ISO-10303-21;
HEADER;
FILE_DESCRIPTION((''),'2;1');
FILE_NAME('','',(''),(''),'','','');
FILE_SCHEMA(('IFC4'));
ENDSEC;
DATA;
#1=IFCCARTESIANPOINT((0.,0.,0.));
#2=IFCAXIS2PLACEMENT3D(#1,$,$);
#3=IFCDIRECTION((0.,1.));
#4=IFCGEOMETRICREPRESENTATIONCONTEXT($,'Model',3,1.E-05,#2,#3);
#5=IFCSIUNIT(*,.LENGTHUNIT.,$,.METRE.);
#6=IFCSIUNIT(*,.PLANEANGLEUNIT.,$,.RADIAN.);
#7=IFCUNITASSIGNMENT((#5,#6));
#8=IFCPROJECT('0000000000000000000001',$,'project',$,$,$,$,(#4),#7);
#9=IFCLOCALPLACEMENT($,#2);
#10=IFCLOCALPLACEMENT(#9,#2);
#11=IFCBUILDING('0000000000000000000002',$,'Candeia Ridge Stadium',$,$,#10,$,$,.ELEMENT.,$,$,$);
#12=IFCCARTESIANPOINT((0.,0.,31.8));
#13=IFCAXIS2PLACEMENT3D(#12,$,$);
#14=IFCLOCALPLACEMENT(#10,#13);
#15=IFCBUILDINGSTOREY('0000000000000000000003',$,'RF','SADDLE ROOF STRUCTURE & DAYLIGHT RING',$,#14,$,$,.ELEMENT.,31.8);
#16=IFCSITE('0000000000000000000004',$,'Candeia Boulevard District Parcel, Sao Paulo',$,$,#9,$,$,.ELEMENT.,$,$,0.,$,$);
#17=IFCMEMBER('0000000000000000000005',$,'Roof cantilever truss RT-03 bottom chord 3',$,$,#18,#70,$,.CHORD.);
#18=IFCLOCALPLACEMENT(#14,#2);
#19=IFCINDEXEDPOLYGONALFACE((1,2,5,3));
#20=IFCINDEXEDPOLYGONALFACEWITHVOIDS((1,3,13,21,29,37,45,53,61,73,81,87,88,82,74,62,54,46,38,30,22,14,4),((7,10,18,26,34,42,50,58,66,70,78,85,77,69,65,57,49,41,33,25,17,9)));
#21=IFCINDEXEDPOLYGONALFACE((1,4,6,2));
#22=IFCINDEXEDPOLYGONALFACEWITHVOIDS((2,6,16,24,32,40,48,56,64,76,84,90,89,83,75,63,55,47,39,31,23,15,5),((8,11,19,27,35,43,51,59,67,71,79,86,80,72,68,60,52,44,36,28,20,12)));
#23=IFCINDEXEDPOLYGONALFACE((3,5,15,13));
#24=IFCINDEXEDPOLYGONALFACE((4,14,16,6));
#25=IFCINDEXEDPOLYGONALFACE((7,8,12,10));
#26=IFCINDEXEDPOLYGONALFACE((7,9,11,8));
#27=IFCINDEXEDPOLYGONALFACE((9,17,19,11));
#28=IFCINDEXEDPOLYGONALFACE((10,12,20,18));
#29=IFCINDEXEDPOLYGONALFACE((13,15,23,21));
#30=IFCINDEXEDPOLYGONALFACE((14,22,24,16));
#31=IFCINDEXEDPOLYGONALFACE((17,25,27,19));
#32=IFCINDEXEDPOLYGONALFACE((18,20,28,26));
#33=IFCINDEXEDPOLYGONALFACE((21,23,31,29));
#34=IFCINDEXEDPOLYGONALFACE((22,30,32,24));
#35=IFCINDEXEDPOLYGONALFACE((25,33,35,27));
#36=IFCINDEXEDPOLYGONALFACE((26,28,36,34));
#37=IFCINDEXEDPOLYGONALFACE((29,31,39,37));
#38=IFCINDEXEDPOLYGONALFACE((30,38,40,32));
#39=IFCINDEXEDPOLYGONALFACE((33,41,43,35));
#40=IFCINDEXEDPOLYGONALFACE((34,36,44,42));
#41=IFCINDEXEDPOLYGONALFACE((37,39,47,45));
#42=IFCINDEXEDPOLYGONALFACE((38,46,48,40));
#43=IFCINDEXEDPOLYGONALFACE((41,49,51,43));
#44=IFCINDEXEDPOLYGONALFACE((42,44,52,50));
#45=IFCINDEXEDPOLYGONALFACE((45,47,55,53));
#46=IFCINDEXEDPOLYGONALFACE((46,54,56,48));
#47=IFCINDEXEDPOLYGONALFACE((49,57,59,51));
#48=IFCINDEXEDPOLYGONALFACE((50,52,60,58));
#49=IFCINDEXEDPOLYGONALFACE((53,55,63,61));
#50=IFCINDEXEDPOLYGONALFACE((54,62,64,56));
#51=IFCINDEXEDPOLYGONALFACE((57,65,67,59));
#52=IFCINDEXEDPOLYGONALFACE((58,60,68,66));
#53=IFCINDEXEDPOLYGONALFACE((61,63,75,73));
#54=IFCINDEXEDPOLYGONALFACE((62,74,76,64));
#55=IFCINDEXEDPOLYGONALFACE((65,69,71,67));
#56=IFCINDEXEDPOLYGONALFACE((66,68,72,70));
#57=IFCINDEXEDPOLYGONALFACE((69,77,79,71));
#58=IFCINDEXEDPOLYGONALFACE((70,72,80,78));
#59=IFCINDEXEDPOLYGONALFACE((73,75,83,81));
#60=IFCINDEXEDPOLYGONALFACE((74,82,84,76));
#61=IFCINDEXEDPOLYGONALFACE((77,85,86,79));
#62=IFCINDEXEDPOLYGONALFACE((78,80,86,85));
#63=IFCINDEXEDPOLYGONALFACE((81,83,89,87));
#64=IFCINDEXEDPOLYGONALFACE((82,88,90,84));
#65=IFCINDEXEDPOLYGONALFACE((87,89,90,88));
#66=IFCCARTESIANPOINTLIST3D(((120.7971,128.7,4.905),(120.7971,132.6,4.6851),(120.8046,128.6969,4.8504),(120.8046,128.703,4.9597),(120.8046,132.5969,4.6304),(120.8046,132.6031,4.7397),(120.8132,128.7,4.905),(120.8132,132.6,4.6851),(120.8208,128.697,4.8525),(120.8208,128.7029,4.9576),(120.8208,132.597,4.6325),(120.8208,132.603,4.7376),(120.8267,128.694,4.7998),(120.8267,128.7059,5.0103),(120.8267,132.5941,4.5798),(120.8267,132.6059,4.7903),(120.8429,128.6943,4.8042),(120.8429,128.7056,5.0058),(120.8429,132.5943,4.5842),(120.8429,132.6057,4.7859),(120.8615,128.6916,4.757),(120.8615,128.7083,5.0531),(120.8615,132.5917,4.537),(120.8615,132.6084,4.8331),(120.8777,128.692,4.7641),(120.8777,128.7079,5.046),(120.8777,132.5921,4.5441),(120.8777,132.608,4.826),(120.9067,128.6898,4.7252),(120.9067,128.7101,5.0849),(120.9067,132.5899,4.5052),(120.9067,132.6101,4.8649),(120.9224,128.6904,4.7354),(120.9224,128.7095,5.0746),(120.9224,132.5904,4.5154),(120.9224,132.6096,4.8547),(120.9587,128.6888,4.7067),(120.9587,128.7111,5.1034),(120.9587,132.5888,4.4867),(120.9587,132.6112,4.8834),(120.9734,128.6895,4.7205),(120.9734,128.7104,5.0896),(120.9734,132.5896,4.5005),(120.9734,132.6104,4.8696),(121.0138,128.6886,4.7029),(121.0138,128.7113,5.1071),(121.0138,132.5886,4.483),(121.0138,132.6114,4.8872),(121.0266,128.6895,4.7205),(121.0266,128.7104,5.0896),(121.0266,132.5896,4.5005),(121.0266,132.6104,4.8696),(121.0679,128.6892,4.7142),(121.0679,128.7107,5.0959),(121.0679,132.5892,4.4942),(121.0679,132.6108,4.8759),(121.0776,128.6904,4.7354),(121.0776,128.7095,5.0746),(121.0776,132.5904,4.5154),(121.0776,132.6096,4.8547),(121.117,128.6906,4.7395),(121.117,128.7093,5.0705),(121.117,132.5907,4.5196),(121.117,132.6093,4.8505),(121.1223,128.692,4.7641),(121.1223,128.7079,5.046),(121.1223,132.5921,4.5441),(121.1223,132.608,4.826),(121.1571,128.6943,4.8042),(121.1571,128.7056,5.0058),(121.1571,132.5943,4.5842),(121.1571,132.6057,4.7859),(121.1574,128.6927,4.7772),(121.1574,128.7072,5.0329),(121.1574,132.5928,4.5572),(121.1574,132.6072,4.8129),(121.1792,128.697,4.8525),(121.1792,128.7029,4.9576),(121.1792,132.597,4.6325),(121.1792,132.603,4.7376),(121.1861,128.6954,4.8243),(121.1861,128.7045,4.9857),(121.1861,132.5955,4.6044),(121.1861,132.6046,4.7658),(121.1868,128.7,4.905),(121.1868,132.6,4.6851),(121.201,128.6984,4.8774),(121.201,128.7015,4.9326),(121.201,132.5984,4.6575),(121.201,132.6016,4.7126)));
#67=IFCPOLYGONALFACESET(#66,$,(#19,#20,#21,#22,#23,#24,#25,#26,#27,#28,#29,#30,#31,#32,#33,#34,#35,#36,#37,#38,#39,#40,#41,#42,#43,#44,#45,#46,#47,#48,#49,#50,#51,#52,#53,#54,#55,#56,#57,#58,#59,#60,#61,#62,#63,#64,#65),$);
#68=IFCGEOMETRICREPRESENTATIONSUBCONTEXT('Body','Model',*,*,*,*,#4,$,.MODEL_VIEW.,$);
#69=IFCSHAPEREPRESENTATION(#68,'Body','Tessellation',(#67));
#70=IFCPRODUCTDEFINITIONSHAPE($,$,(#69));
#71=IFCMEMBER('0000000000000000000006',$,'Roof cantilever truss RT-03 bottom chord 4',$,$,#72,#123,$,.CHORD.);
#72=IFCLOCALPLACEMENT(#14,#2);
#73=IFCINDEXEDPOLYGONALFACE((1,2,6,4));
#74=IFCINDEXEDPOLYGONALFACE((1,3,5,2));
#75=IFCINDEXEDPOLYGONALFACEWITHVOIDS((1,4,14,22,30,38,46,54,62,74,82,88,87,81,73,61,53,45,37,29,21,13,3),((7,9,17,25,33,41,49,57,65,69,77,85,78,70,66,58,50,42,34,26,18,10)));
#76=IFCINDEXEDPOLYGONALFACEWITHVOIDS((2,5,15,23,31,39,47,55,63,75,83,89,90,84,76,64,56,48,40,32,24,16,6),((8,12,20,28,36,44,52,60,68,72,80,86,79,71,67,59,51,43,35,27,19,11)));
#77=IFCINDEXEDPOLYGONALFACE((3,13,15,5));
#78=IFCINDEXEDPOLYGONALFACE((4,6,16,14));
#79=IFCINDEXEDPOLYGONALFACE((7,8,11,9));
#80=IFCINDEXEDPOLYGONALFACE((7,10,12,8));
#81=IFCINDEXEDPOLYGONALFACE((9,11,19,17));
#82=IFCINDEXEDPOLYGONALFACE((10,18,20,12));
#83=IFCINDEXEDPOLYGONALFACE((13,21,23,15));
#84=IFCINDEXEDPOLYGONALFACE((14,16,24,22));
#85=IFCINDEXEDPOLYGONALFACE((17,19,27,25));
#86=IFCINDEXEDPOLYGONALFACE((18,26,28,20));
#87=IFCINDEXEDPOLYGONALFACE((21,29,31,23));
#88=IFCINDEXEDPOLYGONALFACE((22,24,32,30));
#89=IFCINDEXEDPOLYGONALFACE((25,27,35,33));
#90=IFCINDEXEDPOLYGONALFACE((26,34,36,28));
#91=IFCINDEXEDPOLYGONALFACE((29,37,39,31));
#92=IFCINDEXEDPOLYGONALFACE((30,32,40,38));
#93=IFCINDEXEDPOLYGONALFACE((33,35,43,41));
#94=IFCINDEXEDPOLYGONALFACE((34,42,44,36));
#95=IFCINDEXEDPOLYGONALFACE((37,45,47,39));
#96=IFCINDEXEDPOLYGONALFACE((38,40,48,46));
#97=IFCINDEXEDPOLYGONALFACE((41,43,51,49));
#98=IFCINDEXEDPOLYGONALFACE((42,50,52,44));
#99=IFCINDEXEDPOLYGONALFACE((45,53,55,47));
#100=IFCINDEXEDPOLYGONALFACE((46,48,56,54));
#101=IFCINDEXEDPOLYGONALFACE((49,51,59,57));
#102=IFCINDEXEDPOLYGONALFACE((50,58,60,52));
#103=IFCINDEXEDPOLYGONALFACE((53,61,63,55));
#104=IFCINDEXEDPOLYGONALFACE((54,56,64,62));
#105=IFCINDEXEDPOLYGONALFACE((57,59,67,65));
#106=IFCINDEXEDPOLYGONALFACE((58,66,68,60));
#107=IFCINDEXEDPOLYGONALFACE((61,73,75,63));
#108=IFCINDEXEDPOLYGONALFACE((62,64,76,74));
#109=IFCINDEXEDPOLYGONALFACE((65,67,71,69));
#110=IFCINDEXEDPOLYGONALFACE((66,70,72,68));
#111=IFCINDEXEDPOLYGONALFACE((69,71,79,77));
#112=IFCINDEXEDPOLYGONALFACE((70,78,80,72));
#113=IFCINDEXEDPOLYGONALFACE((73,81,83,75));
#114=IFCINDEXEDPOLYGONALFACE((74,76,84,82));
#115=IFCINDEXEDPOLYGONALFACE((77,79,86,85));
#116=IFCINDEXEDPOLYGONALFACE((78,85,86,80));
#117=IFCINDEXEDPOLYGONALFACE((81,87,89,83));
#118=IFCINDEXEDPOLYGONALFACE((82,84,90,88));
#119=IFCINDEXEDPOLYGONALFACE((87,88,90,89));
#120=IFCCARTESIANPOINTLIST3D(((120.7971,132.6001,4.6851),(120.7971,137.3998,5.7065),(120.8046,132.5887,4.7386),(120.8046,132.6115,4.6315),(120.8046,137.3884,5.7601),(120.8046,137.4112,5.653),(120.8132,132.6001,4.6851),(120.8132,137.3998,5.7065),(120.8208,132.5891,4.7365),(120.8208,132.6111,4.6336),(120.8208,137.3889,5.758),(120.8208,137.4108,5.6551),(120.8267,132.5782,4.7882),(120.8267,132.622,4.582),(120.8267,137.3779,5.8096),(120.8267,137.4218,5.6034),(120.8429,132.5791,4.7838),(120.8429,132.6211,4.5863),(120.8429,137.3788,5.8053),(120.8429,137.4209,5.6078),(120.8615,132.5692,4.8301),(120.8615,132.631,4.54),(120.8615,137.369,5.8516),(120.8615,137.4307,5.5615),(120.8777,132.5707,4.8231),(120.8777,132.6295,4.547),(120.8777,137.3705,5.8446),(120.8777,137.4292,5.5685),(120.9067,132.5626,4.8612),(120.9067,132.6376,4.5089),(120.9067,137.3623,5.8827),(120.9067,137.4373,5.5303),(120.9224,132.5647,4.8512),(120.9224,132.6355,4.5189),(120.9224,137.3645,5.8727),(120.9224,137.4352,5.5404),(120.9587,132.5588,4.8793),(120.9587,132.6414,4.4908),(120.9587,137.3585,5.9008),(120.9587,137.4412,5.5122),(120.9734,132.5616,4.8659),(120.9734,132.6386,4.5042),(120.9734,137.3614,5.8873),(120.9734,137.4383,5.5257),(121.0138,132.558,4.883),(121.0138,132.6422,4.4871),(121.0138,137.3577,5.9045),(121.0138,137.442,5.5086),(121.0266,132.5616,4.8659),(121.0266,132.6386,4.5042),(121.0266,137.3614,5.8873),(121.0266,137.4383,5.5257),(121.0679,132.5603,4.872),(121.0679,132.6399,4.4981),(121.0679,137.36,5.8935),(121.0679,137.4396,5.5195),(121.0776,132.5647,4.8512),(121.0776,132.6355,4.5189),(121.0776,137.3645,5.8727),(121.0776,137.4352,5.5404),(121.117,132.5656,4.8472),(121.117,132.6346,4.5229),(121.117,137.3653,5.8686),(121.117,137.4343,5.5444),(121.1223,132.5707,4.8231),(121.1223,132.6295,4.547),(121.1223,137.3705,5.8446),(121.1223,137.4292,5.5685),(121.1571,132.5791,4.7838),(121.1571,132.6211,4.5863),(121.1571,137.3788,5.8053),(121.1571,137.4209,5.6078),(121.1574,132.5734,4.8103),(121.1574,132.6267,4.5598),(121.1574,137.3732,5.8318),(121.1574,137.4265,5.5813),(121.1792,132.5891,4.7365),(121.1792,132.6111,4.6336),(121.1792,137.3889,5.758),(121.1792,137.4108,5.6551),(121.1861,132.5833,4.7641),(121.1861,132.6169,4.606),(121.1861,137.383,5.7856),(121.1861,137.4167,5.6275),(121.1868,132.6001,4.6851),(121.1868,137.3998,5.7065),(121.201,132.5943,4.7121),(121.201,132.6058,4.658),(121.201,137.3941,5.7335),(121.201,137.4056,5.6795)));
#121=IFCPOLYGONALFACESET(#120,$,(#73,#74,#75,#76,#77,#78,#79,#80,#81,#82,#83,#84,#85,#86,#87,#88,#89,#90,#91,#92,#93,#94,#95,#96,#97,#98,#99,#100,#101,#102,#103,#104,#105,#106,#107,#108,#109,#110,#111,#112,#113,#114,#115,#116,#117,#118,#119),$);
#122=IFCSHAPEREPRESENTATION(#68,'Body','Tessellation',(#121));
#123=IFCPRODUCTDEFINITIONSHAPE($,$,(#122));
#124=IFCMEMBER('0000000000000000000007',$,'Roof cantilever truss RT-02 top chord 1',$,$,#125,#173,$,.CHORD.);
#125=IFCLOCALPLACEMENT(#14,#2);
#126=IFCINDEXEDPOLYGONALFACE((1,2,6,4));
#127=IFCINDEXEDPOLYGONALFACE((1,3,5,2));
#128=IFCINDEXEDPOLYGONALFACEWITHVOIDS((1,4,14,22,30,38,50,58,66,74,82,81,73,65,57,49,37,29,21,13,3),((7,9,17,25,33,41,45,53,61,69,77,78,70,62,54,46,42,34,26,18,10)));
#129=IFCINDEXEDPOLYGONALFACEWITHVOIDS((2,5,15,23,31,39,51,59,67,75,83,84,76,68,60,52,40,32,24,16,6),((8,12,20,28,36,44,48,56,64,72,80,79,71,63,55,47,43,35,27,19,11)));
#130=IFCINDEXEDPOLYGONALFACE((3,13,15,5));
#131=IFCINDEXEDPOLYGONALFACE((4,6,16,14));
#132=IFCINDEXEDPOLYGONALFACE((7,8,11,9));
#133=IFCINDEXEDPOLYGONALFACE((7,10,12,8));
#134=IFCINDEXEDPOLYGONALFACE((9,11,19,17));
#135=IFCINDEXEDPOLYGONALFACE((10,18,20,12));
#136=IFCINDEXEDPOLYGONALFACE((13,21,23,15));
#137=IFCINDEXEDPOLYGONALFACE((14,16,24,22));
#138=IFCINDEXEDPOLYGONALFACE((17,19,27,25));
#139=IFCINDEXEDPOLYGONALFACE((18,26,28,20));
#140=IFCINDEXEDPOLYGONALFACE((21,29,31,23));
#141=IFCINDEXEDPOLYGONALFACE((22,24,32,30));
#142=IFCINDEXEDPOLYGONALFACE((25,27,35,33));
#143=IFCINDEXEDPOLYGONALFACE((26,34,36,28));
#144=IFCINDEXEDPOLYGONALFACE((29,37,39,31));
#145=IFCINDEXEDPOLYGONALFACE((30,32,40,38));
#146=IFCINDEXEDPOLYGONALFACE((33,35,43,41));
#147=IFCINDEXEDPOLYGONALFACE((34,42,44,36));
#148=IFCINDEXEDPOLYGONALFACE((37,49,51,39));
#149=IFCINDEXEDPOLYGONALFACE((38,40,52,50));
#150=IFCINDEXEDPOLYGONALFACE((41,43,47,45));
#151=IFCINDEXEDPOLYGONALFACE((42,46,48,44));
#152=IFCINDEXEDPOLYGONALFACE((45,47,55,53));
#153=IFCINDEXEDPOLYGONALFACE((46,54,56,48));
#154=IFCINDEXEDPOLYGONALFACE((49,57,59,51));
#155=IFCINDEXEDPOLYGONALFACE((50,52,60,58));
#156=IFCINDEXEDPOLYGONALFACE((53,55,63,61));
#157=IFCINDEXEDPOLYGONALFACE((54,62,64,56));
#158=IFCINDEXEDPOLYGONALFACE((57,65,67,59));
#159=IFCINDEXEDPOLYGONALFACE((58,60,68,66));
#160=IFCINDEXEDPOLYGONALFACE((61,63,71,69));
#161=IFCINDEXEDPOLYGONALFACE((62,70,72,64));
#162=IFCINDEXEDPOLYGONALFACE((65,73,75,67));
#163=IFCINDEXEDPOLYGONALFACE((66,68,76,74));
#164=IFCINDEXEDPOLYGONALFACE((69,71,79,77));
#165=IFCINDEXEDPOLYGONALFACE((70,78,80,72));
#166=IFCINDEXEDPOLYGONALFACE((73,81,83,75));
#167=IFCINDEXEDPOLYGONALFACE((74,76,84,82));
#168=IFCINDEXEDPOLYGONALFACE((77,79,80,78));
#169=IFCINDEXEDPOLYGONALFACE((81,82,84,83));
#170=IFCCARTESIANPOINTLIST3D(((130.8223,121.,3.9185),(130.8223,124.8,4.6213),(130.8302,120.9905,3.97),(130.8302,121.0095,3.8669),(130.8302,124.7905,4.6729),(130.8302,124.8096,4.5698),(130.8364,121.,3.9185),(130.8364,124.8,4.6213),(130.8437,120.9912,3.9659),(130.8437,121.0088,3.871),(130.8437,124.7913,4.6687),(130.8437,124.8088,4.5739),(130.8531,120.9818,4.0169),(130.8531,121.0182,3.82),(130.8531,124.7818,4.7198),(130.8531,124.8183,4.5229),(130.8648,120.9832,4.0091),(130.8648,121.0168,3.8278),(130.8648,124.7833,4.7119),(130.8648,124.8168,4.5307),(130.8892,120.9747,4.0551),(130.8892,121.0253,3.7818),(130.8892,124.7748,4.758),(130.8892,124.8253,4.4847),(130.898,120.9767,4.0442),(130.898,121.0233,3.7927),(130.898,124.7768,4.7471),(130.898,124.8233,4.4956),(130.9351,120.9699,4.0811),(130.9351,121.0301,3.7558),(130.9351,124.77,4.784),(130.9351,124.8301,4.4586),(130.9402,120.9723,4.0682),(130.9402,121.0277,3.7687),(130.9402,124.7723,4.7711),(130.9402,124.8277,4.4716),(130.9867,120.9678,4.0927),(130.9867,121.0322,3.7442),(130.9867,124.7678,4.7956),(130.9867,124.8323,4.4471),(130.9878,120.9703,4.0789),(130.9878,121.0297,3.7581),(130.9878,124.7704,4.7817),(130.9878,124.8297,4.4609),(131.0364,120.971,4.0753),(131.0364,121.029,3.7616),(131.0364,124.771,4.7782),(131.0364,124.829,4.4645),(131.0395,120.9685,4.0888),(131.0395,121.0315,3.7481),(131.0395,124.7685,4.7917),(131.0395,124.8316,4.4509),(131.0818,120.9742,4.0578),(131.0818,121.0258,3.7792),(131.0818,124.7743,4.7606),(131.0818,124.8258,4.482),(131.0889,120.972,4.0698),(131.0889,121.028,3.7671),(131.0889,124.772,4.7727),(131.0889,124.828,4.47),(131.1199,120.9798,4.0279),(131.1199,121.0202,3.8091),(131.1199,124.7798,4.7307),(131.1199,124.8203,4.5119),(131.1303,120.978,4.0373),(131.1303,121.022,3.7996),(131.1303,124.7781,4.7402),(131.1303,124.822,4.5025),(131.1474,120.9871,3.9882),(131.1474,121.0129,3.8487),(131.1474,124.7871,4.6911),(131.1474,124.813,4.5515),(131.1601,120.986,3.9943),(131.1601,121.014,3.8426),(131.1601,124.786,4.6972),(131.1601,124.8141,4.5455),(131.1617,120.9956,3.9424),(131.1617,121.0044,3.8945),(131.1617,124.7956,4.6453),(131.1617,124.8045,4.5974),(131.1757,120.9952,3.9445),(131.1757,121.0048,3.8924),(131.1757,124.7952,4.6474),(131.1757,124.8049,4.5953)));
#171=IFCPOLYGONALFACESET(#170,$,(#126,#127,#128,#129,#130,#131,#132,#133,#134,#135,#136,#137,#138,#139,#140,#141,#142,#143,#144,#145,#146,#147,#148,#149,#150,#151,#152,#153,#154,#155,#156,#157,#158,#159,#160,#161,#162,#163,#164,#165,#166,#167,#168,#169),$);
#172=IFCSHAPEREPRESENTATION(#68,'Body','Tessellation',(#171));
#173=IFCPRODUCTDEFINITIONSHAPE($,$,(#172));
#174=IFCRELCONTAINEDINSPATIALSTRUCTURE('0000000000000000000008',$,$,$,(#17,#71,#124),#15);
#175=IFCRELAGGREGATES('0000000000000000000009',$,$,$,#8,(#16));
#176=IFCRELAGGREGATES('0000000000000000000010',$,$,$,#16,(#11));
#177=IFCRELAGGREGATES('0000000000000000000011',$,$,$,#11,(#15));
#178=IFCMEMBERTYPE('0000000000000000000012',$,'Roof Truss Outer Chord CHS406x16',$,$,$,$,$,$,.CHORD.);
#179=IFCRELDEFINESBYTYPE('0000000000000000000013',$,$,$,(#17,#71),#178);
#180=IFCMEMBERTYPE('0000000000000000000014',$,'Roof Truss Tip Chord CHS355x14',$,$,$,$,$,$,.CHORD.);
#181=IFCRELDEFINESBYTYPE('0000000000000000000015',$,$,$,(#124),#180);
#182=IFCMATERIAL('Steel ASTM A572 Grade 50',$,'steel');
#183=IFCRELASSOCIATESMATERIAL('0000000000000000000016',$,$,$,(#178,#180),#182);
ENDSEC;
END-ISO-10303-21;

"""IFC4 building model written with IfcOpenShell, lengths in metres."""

from ifc_helpers import new_model, si_unit, direction, frame, origin, origin_2d, place, context, subcontext, project, spatial, hollow_circle, extrude, material, material_profile, profile_set, type_object, element, save


model = new_model("IFC4")

# Units and contexts
model_context = context("Model", 3, precision=1e-05, world=origin(), true_north=direction((0.0, 1.0)))
body_context = subcontext(model_context, "Body", "Model", "MODEL_VIEW")
ifc_project = project(units=[si_unit("LENGTHUNIT", "METRE"), si_unit("PLANEANGLEUNIT", "RADIAN")], contexts=[model_context])

# Site, building, storey
site_placement = place(None, origin())
site = spatial("IfcSite", under=ifc_project, at=site_placement, Name="Candeia Boulevard District Parcel, Sao Paulo", CompositionType="ELEMENT", RefElevation=0.0)
building_placement = place(site_placement, origin())
building = spatial("IfcBuilding", under=site, at=building_placement, Name="Candeia Ridge Stadium", CompositionType="ELEMENT")
storey_placement = place(building_placement, frame((0.0, 0.0, 31.8)))
storey = spatial("IfcBuildingStorey", under=building, at=storey_placement, Name="RF", Description="SADDLE ROOF STRUCTURE & DAYLIGHT RING", CompositionType="ELEMENT", Elevation=31.8)

# Shared definitions
ifc_material_1 = material(Name="Steel ASTM A572 Grade 50", Category="steel")

# Members
ifc_material_profile_1 = material_profile(ifc_material_1, hollow_circle(Radius=0.2029, WallThickness=0.0161, at=origin_2d()), Name="CHS406x16", Category="steel")
ifc_profile_set_1 = profile_set([ifc_material_profile_1], Name="Steel ASTM A572 Grade 50")
member_type_1 = type_object("IfcMemberType", Name="Roof Truss Outer Chord CHS406x16", PredefinedType="CHORD", material=ifc_profile_set_1)
member_1_placement = place(storey_placement, frame((121.0, 128.7, 4.905), z_axis=(0.0, 0.998413, -0.056311), x_axis=(-1.0, 0.0, 0.0)))
element("IfcMember", 1, at=member_1_placement, inside=storey, type_object=member_type_1, Name="Roof cantilever truss RT-03 bottom chord 3", PredefinedType="CHORD", context=body_context, shape_type="SweptSolid", body=[
    extrude(hollow_circle(Radius=0.2029, WallThickness=0.0161, at=origin_2d()), origin(), (0.0, 0.0, 1.0), 3.9062),
])
member_2_placement = place(storey_placement, frame((121.0, 132.6001, 4.6851), z_axis=(0.0, 0.978096, 0.208156), x_axis=(-1.0, 0.0, 0.0)))
element("IfcMember", 2, at=member_2_placement, inside=storey, type_object=member_type_1, Name="Roof cantilever truss RT-03 bottom chord 4", PredefinedType="CHORD", context=body_context, shape_type="SweptSolid", body=[
    extrude(hollow_circle(Radius=0.2029, WallThickness=0.0161, at=origin_2d()), origin(), (0.0, 0.0, 1.0), 4.9072),
])
ifc_material_profile_2 = material_profile(ifc_material_1, hollow_circle(Radius=0.1777, WallThickness=0.0142, at=origin_2d()), Name="CHS355x14", Category="steel")
ifc_profile_set_2 = profile_set([ifc_material_profile_2], Name="Steel ASTM A572 Grade 50")
member_type_2 = type_object("IfcMemberType", Name="Roof Truss Tip Chord CHS355x14", PredefinedType="CHORD", material=ifc_profile_set_2)
member_3_placement = place(storey_placement, frame((131.0, 121.0, 3.9185), z_axis=(0.0, 0.983321, 0.181881), x_axis=(-1.0, 0.0, 0.0)))
element("IfcMember", 3, at=member_3_placement, inside=storey, type_object=member_type_2, Name="Roof cantilever truss RT-02 top chord 1", PredefinedType="CHORD", context=body_context, shape_type="SweptSolid", body=[
    extrude(hollow_circle(Radius=0.1777, WallThickness=0.0142, at=origin_2d()), origin(), (0.0, 0.0, 1.0), 3.8645),
])

save(model, "model.ifc")
